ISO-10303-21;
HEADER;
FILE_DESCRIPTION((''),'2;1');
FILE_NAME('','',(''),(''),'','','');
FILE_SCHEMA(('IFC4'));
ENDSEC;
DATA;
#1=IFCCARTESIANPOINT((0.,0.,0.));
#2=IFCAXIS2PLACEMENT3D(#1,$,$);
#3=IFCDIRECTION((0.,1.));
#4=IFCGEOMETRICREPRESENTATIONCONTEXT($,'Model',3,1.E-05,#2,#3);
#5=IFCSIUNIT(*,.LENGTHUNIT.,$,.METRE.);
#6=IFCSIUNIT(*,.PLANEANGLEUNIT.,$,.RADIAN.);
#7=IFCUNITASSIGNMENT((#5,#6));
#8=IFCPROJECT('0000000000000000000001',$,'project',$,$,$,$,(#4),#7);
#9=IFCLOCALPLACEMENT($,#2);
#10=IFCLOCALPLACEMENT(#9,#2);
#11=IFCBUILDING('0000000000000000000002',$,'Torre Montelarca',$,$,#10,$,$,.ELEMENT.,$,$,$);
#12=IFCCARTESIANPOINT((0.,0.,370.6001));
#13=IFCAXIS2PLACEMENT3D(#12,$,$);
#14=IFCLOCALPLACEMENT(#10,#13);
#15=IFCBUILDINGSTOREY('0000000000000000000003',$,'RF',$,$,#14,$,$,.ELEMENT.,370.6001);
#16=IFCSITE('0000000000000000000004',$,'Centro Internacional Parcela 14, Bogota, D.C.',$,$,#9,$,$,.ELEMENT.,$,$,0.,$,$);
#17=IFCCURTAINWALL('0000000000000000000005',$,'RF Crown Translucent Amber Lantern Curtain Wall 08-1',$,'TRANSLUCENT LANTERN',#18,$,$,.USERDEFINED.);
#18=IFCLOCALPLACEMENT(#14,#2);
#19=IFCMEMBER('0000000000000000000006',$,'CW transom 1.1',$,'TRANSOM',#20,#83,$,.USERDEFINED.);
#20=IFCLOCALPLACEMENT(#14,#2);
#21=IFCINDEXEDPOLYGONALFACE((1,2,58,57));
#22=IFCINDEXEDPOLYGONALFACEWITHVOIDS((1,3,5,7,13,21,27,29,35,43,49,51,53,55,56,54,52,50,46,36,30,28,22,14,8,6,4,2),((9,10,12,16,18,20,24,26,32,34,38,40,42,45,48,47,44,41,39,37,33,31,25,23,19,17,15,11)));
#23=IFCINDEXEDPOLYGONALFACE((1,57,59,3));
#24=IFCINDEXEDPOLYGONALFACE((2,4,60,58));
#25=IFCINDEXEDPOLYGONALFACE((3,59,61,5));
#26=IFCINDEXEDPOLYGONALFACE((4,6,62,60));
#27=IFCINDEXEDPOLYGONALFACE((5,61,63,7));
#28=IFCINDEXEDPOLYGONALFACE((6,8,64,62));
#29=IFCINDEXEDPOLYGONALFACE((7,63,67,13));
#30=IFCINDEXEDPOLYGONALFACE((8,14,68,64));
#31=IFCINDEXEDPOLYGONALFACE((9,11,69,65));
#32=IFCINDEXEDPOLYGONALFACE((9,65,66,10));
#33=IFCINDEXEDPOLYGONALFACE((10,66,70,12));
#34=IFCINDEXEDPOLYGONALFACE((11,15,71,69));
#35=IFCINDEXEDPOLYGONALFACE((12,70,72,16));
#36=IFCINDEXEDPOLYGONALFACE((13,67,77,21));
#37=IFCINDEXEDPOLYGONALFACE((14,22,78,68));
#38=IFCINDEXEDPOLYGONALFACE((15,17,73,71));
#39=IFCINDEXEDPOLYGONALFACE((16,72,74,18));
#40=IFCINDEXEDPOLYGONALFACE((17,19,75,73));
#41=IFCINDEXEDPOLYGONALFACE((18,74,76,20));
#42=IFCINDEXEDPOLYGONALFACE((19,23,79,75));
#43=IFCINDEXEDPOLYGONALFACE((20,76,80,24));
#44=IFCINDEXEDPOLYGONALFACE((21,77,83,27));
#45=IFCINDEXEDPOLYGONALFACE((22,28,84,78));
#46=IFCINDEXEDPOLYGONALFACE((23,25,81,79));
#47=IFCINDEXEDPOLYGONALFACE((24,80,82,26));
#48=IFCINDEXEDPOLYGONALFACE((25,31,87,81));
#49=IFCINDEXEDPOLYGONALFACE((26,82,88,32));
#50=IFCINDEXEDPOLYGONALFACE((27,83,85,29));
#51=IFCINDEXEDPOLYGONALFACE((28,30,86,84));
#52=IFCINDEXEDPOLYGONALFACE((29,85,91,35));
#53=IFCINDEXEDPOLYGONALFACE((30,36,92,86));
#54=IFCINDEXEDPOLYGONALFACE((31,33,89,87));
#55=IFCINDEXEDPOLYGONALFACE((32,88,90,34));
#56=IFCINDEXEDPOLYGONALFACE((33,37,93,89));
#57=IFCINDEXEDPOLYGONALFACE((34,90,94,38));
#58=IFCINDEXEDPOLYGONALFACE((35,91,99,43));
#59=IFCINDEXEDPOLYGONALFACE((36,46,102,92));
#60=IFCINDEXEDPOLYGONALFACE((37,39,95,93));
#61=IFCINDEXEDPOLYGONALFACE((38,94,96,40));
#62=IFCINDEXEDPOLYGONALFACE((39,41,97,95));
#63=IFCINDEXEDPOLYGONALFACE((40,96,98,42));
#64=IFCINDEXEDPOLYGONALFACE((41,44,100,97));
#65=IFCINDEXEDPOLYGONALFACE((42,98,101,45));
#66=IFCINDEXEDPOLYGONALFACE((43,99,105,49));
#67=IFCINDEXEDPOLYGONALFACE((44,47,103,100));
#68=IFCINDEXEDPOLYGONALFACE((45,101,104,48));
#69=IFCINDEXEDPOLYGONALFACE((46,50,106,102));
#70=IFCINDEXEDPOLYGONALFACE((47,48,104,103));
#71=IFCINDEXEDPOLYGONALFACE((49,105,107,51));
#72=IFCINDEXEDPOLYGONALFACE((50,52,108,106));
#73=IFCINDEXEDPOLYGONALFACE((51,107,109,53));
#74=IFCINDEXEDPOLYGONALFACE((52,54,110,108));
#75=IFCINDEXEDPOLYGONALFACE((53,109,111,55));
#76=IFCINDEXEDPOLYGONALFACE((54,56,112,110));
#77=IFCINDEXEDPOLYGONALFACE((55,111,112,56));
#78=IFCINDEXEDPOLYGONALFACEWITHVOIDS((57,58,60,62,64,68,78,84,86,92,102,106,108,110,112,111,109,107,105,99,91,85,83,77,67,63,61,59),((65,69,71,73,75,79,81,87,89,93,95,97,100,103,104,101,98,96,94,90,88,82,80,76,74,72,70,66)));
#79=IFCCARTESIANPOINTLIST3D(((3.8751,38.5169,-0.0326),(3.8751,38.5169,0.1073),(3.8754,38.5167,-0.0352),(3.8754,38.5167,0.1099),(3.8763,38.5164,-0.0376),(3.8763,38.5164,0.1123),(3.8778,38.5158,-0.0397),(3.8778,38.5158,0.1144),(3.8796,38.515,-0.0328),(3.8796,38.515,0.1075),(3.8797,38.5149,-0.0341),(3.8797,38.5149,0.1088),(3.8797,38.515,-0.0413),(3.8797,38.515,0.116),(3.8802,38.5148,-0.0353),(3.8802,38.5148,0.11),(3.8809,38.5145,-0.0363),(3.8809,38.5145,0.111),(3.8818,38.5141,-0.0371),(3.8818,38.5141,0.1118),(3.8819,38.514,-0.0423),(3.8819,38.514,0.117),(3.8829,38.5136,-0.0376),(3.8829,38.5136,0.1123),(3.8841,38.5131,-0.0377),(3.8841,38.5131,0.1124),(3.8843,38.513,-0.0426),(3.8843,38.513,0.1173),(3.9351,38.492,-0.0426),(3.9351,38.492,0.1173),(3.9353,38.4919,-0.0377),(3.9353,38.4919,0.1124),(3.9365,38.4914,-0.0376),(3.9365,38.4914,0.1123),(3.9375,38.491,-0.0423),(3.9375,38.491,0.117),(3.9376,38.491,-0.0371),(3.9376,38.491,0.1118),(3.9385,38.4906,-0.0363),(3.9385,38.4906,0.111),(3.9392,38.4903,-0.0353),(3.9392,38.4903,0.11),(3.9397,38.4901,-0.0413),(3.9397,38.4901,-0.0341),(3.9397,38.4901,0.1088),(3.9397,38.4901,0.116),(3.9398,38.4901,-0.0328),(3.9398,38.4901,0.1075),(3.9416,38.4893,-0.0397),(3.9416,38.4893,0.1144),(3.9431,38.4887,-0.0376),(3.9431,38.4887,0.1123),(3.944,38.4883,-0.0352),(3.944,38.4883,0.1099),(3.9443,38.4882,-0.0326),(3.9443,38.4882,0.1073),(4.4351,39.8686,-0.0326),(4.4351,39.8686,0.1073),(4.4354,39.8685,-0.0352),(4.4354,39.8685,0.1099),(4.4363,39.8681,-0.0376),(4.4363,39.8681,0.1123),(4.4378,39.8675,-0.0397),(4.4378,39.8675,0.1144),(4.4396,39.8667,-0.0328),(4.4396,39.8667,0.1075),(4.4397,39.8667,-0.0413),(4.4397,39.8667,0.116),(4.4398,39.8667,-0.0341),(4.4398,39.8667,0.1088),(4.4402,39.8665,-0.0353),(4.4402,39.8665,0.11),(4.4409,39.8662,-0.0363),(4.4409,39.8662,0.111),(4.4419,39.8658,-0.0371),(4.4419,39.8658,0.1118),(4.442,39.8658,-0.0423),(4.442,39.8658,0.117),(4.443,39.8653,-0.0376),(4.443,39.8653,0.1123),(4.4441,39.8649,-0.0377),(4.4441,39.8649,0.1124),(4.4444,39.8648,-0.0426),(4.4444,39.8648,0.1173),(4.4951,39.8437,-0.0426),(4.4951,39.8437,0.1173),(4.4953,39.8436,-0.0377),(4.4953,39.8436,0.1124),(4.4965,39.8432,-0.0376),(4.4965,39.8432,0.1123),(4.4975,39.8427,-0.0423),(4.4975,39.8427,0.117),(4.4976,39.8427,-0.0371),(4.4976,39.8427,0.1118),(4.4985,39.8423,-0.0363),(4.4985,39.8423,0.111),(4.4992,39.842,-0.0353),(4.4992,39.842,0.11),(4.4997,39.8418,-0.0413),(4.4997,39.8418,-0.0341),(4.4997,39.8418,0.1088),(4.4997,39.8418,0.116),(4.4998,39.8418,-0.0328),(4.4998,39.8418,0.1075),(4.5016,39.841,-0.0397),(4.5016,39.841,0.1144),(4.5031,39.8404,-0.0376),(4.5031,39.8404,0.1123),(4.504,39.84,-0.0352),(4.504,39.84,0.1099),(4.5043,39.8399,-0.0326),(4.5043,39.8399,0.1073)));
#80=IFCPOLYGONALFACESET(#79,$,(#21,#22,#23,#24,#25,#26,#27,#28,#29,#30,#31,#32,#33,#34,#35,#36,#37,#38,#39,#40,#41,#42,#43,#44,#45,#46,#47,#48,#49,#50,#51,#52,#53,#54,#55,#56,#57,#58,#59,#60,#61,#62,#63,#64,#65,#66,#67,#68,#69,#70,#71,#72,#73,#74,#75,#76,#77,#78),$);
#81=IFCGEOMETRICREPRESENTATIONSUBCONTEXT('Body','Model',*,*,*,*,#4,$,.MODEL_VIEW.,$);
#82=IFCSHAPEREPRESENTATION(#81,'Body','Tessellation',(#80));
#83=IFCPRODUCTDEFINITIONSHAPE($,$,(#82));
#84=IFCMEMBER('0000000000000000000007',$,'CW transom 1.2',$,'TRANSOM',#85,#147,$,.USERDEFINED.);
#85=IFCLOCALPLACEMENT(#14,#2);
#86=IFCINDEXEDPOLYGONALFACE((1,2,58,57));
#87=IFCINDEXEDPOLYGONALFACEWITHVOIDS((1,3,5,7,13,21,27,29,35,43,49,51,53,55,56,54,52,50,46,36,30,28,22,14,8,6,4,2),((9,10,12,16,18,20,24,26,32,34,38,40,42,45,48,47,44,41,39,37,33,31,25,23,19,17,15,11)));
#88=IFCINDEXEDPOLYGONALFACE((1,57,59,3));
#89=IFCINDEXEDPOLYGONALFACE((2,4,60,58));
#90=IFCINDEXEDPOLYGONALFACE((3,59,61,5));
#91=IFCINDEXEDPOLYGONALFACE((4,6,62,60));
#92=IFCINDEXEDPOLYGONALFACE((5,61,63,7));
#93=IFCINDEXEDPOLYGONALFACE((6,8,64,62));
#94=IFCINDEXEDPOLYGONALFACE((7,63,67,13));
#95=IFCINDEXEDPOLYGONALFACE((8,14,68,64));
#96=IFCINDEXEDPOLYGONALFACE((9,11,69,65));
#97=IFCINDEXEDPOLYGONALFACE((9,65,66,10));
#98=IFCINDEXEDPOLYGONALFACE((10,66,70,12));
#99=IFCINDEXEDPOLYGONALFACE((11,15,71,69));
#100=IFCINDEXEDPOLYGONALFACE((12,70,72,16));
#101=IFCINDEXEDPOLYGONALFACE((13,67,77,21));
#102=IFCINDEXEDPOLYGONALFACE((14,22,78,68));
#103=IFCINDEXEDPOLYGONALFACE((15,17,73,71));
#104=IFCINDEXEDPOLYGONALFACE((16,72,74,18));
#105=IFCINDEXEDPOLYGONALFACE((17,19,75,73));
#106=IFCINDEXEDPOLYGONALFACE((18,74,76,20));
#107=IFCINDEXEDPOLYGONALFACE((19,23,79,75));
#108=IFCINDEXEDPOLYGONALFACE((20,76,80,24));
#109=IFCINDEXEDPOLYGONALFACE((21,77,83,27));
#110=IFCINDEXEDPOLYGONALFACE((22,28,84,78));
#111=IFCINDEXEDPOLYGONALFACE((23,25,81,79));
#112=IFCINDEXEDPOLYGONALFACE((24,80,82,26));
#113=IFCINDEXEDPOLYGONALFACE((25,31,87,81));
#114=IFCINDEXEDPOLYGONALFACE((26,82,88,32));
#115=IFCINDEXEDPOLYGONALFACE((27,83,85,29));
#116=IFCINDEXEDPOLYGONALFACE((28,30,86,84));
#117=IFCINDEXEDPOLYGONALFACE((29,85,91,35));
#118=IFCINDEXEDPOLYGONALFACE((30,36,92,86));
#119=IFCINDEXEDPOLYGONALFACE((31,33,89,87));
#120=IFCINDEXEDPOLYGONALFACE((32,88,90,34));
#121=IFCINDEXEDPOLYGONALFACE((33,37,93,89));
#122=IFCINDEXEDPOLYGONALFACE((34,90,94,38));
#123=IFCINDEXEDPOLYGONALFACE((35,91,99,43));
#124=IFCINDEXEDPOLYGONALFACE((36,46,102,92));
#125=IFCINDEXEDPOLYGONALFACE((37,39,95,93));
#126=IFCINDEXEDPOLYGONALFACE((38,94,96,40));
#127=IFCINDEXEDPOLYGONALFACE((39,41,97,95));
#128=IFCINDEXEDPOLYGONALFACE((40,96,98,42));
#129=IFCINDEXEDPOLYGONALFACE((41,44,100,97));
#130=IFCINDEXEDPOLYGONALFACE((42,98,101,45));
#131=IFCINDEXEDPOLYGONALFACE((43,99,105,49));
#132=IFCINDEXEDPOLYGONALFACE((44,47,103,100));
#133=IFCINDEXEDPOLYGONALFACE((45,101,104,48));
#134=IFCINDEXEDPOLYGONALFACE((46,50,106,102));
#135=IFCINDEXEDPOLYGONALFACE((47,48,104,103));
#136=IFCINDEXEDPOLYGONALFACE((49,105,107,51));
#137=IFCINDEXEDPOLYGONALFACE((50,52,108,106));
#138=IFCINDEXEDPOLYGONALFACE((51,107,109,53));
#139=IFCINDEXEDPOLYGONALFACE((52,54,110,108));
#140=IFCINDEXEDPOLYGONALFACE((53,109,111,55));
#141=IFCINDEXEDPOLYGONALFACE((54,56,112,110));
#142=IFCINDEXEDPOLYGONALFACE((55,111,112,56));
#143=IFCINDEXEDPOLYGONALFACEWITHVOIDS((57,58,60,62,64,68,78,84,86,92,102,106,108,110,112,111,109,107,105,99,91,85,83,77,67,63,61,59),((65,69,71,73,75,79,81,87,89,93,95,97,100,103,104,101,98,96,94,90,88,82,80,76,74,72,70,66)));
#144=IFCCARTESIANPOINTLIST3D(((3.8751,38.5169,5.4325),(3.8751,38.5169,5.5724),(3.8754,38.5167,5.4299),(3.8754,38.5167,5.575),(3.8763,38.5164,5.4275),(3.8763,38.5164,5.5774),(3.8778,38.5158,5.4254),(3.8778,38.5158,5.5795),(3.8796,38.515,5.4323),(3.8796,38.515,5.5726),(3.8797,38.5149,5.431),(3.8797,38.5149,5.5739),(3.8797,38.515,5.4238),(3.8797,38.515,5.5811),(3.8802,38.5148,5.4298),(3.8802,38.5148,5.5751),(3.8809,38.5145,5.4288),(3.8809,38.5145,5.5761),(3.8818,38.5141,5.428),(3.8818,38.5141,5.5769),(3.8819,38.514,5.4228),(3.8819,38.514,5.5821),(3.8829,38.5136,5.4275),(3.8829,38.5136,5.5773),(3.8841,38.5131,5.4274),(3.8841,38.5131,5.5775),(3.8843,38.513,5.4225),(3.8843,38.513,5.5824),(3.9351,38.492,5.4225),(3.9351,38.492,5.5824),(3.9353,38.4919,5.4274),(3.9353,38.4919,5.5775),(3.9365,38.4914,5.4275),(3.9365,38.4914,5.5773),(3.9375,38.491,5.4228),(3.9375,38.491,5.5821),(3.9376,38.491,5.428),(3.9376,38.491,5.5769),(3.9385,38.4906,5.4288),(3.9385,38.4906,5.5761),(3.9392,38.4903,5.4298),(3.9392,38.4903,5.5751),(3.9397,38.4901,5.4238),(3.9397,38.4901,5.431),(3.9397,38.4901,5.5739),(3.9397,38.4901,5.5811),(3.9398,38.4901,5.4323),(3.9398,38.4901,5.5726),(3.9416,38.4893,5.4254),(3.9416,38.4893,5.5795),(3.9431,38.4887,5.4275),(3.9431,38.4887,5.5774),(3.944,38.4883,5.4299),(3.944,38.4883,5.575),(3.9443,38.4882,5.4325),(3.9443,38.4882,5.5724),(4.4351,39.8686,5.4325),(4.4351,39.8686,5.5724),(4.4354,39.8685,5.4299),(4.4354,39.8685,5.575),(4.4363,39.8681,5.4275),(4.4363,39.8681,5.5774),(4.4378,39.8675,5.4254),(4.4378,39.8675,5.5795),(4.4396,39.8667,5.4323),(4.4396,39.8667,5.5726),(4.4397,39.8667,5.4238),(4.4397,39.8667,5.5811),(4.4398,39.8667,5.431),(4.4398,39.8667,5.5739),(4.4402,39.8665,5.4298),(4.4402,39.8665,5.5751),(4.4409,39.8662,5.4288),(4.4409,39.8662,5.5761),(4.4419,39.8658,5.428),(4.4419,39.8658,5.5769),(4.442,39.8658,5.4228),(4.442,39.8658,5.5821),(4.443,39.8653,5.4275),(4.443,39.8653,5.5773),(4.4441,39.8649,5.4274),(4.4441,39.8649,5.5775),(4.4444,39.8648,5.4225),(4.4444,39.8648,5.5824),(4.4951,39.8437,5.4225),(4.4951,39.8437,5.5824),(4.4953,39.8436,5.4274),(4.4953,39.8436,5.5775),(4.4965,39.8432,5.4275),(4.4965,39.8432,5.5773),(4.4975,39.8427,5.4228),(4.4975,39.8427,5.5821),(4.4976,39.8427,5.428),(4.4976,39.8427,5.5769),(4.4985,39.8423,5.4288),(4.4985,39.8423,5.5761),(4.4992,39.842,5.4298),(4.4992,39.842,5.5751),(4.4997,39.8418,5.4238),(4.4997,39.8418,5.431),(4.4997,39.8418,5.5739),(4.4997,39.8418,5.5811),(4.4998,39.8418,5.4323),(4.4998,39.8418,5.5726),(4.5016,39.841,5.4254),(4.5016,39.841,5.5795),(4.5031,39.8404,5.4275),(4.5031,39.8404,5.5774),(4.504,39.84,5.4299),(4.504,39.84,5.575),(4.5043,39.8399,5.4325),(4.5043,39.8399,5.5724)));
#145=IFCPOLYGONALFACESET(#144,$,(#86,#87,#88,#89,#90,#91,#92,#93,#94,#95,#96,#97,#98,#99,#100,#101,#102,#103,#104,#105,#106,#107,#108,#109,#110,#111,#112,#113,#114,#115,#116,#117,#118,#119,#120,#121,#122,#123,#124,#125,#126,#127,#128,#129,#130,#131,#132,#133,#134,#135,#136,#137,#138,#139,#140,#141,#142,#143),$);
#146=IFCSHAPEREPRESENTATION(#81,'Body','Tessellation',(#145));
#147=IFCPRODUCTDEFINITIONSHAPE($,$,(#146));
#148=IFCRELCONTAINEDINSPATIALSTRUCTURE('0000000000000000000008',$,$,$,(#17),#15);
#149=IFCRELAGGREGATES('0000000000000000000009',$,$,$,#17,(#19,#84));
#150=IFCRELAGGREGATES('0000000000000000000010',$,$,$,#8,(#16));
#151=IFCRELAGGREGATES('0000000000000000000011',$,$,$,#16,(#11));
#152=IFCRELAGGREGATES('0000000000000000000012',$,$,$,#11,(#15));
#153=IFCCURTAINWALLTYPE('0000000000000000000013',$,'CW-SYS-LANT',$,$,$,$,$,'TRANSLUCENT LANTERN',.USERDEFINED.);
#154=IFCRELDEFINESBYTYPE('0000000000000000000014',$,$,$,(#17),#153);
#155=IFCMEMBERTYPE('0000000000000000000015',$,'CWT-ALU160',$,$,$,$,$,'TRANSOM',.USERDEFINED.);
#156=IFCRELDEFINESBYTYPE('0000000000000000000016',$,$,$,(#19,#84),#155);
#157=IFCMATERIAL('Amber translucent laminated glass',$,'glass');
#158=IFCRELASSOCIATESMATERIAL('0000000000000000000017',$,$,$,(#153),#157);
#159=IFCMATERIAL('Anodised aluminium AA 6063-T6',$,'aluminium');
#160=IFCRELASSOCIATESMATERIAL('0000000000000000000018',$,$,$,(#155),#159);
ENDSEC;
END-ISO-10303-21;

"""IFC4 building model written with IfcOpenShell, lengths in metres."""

from ifc_helpers import new_model, si_unit, direction, frame, origin, origin_2d, place, context, subcontext, project, spatial, hollow_rectangle, extrude, source, transform, mapped, material, material_profile, profile_set, type_object, element, aggregate, save


model = new_model("IFC4")

# Units and contexts
model_context = context("Model", 3, precision=1e-05, world=origin(), true_north=direction((0.0, 1.0)))
body_context = subcontext(model_context, "Body", "Model", "MODEL_VIEW")
ifc_project = project(units=[si_unit("LENGTHUNIT", "METRE"), si_unit("PLANEANGLEUNIT", "RADIAN")], contexts=[model_context])

# Site, building, storey
site_placement = place(None, origin())
site = spatial("IfcSite", under=ifc_project, at=site_placement, Name="Centro Internacional Parcela 14, Bogota, D.C.", CompositionType="ELEMENT", RefElevation=0.0)
building_placement = place(site_placement, origin())
building = spatial("IfcBuilding", under=site, at=building_placement, Name="Torre Montelarca", CompositionType="ELEMENT")
storey_placement = place(building_placement, frame((0.0, 0.0, 370.6001)))
storey = spatial("IfcBuildingStorey", under=building, at=storey_placement, Name="RF", CompositionType="ELEMENT", Elevation=370.6001)

# Shared definitions
ifc_material_1 = material(Name="Amber translucent laminated glass", Category="glass")
curtain_wall_type = type_object("IfcCurtainWallType", Name="CW-SYS-LANT", ElementType="TRANSLUCENT LANTERN", PredefinedType="USERDEFINED", material=ifc_material_1)
ifc_material_2 = material(Name="Anodised aluminium AA 6063-T6", Category="aluminium")

# Curtain wall
curtain_wall_1_placement = place(storey_placement, origin())
curtain_wall_1 = element("IfcCurtainWall", 1, at=curtain_wall_1_placement, inside=storey, type_object=curtain_wall_type, Name="RF Crown Translucent Amber Lantern Curtain Wall 08-1", ObjectType="TRANSLUCENT LANTERN", PredefinedType="USERDEFINED")

# Members
ifc_material_profile_1 = material_profile(ifc_material_2, hollow_rectangle(XDim=0.075, YDim=0.1599, WallThickness=0.0049, InnerFilletRadius=0.0049, OuterFilletRadius=0.01, at=origin_2d()), Name="ALU75X160X5", Category="aluminium")
ifc_profile_set_1 = profile_set([ifc_material_profile_1], Name="Anodised aluminium AA 6063-T6")
member_type_1 = type_object("IfcMemberType", Name="CWT-ALU160", ElementType="TRANSOM", PredefinedType="USERDEFINED", material=ifc_profile_set_1)
shared_shape_1 = source(origin(), body_context, "Body", "SweptSolid", [
    extrude(hollow_rectangle(XDim=0.075, YDim=0.1599, WallThickness=0.0049, InnerFilletRadius=0.0049, OuterFilletRadius=0.01, at=origin_2d()), origin(), (0.0, 0.0, 1.0), 1.4631),
])
member_1_placement = place(storey_placement, frame((4.4697, 39.8542, 0.0374), z_axis=(-0.382755, -0.92385, 0.0), x_axis=(0.92385, -0.382755, 0.0)))
member_1 = element("IfcMember", 2, at=member_1_placement, type_object=member_type_1, Name="CW transom 1.1", ObjectType="TRANSOM", PredefinedType="USERDEFINED", context=body_context, shape_type="MappedRepresentation", body=[
    mapped(shared_shape_1, transform((0.0, 0.0, 0.0), scale=1.0)),
])
member_2_placement = place(storey_placement, frame((4.4697, 39.8542, 5.5024), z_axis=(-0.382755, -0.92385, 0.0), x_axis=(0.92385, -0.382755, 0.0)))
member_2 = element("IfcMember", 3, at=member_2_placement, type_object=member_type_1, Name="CW transom 1.2", ObjectType="TRANSOM", PredefinedType="USERDEFINED", context=body_context, shape_type="MappedRepresentation", body=[
    mapped(shared_shape_1, transform((0.0, 0.0, 0.0), scale=1.0)),
])
aggregate(curtain_wall_1, [member_1, member_2])

save(model, "model.ifc")
